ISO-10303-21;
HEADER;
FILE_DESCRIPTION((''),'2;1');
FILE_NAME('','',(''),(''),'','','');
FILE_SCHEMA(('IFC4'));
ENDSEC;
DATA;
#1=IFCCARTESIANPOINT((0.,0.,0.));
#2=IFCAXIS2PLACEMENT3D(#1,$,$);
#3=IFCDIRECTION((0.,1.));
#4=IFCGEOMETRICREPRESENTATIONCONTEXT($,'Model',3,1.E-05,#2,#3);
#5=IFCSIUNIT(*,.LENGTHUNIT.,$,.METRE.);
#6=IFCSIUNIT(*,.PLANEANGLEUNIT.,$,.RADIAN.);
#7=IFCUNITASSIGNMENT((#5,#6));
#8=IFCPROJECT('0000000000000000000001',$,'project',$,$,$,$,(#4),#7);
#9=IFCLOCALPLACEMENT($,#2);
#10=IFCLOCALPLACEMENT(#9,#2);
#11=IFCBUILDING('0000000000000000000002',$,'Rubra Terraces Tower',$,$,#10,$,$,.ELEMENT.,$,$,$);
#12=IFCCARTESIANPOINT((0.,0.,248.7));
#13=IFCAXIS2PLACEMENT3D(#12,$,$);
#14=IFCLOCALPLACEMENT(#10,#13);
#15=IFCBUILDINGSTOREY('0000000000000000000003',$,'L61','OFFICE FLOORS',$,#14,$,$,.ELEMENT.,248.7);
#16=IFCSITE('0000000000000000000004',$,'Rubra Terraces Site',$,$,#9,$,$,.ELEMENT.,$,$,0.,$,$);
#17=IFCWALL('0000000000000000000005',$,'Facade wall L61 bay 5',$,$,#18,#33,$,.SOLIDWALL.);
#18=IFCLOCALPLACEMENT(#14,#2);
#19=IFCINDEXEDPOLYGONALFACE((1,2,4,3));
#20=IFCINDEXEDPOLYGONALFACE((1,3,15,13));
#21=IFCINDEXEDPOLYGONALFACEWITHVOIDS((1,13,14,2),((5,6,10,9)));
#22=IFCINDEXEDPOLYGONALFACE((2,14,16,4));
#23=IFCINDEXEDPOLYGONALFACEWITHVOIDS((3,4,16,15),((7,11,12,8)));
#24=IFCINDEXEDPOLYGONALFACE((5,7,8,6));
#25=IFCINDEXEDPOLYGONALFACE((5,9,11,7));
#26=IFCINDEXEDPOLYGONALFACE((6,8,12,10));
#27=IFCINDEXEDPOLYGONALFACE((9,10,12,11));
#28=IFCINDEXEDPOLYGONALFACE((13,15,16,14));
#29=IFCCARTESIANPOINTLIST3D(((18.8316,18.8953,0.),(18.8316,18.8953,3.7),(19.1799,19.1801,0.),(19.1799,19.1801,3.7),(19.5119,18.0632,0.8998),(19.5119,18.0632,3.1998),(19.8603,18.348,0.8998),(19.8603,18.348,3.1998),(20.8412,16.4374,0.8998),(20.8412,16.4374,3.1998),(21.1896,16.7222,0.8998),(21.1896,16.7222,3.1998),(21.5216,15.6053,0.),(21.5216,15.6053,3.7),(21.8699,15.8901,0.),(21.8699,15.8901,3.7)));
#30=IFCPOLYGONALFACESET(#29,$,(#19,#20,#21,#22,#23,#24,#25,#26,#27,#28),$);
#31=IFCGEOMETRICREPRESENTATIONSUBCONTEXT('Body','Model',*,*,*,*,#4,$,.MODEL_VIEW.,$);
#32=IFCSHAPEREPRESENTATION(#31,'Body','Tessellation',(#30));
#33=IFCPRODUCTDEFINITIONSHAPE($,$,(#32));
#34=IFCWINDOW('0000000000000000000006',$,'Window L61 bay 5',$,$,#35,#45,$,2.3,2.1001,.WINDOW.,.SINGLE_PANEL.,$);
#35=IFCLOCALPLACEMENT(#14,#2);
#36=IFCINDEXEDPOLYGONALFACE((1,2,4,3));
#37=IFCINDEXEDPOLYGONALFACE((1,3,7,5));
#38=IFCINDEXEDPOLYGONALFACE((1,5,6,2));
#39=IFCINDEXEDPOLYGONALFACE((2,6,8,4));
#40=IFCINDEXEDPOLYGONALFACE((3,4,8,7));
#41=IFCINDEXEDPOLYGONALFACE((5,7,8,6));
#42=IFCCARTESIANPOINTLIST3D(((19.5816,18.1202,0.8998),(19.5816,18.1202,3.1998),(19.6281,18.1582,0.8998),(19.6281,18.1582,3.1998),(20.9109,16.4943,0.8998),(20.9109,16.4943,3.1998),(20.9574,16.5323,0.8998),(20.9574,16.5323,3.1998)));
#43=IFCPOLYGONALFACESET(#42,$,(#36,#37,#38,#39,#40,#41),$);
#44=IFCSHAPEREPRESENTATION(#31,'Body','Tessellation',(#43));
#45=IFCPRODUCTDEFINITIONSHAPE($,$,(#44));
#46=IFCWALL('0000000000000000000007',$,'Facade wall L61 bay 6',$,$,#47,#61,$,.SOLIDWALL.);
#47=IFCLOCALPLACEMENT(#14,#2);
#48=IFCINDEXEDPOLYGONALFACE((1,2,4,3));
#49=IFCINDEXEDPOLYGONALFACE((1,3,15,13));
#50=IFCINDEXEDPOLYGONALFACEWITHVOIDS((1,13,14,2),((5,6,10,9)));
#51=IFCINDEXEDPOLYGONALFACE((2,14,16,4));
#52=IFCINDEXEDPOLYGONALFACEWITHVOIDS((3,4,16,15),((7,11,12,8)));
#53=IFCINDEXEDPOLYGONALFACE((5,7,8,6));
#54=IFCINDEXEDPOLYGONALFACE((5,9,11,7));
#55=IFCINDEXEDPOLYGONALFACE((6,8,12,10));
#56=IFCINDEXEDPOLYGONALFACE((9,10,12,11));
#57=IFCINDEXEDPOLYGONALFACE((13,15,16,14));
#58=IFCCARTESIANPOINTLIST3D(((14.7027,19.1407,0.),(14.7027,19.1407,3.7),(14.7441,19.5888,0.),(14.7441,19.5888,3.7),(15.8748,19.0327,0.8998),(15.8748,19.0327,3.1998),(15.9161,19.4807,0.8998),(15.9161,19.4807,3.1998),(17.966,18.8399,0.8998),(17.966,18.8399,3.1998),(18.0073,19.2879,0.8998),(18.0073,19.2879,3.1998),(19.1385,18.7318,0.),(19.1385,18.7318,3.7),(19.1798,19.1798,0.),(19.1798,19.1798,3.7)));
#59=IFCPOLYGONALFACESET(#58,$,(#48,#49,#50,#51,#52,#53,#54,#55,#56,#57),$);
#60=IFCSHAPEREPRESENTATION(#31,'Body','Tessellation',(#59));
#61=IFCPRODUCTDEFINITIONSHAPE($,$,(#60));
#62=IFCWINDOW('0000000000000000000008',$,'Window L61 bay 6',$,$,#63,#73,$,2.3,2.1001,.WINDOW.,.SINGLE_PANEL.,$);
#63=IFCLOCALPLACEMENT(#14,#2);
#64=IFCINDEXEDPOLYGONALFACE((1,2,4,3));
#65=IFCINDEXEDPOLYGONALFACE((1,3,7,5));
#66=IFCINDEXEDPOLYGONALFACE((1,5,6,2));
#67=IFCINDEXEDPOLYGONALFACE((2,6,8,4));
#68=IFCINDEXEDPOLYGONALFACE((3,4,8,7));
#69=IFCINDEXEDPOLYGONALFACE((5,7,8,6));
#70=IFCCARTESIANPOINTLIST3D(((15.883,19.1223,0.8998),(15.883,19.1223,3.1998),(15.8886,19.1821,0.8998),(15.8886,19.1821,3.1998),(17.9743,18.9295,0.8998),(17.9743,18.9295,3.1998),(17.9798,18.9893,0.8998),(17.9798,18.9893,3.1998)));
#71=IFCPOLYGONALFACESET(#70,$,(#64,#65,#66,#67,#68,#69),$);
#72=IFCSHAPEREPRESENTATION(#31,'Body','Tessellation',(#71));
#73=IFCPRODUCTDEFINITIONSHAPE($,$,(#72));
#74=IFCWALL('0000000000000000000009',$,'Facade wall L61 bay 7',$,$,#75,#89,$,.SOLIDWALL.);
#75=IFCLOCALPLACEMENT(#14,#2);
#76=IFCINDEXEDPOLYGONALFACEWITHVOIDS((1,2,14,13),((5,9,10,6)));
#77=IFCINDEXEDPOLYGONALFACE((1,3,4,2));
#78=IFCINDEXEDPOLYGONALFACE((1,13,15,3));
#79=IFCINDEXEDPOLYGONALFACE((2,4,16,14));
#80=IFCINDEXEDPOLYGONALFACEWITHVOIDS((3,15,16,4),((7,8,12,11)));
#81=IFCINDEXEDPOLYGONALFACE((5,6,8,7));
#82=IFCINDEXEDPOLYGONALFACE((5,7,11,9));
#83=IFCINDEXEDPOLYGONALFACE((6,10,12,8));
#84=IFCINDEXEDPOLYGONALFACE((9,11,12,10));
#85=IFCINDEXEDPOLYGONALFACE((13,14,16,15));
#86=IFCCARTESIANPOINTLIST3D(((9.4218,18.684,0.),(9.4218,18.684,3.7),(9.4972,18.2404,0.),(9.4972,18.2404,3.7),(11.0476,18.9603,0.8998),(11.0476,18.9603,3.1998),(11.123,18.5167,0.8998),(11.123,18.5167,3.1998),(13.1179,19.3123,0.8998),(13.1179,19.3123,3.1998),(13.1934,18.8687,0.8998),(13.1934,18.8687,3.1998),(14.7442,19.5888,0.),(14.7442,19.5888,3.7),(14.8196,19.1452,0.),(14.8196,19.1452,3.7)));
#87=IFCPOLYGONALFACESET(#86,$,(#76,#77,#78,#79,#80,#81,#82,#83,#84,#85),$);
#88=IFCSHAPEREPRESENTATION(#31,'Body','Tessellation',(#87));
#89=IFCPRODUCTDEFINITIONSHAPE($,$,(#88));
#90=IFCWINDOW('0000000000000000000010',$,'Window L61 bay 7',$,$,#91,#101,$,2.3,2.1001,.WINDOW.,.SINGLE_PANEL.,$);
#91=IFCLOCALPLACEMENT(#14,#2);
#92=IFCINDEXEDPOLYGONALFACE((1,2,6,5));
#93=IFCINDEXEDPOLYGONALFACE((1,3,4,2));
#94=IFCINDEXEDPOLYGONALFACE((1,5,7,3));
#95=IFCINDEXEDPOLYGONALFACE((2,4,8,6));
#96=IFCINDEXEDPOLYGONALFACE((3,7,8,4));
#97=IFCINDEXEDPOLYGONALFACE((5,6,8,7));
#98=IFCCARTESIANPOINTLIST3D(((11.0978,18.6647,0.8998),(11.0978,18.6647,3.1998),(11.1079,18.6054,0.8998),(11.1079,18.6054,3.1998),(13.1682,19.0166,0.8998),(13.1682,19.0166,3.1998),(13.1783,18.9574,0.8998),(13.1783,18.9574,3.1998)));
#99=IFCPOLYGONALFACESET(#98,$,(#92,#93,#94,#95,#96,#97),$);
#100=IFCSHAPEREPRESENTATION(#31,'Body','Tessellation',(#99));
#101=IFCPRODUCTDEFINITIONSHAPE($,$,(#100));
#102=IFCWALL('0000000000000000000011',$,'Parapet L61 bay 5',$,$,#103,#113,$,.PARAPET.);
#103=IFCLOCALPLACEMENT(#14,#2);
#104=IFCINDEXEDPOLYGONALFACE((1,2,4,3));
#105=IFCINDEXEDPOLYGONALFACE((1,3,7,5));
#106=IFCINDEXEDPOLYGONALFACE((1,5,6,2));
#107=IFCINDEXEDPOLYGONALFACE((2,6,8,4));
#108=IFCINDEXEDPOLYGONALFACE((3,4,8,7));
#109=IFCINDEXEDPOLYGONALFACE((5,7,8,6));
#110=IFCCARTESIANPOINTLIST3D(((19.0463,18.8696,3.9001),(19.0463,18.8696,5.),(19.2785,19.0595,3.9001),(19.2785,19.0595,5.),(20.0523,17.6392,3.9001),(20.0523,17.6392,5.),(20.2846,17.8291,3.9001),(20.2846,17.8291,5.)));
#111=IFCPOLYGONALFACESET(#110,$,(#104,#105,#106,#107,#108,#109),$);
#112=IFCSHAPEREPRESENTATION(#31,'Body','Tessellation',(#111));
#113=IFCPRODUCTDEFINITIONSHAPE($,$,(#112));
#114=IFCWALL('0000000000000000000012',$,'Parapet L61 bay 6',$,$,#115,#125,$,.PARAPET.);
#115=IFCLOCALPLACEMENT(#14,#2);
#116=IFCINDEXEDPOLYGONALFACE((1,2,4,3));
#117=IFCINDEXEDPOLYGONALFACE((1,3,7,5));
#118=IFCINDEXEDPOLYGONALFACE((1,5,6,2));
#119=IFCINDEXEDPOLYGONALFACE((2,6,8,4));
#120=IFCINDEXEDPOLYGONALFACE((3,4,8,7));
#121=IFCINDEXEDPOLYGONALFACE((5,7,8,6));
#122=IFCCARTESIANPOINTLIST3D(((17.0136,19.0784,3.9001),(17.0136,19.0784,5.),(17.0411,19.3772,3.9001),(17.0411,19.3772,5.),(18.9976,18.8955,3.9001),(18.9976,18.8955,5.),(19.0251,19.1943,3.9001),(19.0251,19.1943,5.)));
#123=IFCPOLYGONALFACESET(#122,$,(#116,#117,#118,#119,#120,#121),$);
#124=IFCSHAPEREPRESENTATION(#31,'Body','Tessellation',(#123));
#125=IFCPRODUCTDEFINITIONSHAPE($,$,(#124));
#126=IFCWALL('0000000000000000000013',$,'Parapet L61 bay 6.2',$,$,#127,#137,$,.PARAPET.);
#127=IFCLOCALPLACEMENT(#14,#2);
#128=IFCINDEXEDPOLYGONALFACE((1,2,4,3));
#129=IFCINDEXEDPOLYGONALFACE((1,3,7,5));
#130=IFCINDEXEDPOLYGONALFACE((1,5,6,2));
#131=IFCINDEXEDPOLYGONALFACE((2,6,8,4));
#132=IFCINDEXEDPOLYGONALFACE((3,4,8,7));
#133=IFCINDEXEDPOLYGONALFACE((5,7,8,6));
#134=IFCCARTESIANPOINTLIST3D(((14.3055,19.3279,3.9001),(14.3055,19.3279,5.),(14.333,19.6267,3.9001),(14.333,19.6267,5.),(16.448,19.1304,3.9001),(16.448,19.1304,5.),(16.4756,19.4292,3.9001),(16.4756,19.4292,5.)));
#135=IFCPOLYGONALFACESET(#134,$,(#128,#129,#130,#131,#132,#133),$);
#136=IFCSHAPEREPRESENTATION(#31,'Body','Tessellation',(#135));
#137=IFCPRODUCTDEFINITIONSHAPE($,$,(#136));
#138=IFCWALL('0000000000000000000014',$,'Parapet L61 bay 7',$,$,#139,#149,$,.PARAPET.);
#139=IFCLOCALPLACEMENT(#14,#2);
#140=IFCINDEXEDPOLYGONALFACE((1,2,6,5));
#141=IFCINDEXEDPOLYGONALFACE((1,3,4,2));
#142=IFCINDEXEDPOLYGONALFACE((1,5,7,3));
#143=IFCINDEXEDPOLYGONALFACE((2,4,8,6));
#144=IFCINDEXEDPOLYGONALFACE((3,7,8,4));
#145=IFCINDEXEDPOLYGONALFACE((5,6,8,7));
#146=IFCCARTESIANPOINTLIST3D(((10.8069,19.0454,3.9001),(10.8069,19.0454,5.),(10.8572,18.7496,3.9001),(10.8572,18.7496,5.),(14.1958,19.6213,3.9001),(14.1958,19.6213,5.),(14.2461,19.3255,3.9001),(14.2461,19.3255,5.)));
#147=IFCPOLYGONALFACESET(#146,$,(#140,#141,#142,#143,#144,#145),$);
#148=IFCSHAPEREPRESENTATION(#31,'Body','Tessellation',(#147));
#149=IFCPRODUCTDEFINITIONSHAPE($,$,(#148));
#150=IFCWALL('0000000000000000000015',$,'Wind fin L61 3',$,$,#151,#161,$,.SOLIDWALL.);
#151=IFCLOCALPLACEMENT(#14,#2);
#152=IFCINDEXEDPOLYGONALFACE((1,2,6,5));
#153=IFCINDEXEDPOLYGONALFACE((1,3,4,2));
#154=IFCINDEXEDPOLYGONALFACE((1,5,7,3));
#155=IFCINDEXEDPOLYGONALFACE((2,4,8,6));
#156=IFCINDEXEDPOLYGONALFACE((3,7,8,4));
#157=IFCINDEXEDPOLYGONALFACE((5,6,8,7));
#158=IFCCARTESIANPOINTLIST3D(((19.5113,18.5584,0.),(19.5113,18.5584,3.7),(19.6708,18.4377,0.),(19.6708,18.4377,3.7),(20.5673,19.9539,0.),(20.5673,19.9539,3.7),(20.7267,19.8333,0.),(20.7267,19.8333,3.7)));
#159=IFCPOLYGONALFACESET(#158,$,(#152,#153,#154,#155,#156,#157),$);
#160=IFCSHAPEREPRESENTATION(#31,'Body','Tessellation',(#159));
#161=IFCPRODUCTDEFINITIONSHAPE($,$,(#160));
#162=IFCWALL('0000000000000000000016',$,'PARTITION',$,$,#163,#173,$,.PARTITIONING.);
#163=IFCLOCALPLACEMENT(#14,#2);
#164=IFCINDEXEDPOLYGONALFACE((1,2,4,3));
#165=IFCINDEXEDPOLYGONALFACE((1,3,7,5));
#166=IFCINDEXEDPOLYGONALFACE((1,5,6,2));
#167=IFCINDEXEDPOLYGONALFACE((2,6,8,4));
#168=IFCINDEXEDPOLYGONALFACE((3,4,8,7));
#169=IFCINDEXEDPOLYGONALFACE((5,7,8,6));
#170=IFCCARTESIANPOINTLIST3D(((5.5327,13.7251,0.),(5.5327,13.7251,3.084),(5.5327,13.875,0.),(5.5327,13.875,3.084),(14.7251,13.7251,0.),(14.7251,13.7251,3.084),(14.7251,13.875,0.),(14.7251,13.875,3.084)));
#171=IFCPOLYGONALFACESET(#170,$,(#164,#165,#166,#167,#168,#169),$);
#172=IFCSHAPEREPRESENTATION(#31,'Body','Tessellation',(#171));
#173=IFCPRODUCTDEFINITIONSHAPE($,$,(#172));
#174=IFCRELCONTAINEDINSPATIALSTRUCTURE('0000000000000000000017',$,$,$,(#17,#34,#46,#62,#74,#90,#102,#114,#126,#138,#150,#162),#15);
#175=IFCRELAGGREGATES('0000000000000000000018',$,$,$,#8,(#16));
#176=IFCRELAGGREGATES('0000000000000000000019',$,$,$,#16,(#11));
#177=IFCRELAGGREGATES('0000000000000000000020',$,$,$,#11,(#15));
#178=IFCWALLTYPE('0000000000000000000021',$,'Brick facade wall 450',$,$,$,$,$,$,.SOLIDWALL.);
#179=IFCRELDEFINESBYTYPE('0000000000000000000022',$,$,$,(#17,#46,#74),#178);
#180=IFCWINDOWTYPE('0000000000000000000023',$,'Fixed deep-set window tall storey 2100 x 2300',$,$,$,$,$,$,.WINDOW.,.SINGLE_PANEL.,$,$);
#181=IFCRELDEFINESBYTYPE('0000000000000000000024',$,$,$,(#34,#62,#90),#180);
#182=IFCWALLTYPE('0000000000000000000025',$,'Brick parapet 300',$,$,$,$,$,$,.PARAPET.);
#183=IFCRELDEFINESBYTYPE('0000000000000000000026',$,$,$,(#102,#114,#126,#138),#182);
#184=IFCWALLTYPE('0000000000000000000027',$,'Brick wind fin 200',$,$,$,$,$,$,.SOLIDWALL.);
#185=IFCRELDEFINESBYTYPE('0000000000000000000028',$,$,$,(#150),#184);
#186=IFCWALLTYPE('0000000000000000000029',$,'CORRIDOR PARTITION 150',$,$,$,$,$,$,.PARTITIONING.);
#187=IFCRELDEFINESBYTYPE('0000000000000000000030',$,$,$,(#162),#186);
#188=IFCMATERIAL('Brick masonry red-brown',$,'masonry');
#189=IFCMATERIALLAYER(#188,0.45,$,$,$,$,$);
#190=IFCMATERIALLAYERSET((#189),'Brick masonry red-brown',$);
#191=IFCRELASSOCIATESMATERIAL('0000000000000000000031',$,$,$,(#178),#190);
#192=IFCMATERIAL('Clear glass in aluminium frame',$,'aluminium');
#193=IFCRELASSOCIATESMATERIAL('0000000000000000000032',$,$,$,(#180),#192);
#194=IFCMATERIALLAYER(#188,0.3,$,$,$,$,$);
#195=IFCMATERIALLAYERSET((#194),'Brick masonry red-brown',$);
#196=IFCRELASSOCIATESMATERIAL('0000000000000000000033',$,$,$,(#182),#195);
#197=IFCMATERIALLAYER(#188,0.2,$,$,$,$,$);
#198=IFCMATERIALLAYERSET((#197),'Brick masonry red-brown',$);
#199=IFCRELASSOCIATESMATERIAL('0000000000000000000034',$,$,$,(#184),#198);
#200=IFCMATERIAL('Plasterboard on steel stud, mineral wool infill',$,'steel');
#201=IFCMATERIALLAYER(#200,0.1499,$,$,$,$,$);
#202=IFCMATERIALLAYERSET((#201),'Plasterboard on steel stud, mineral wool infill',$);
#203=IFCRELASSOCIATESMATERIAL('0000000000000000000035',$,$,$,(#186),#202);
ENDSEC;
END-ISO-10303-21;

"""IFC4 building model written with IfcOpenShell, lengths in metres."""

from ifc_helpers import new_model, si_unit, direction, frame, frame_2d, origin, place, context, subcontext, project, spatial, rectangle, extrude, material, layer, layer_set, type_object, element, fill, save


model = new_model("IFC4")

# Units and contexts
model_context = context("Model", 3, precision=1e-05, world=origin(), true_north=direction((0.0, 1.0)))
body_context = subcontext(model_context, "Body", "Model", "MODEL_VIEW")
ifc_project = project(units=[si_unit("LENGTHUNIT", "METRE"), si_unit("PLANEANGLEUNIT", "RADIAN")], contexts=[model_context])

# Site, building, storey
site_placement = place(None, origin())
site = spatial("IfcSite", under=ifc_project, at=site_placement, Name="Rubra Terraces Site", CompositionType="ELEMENT", RefElevation=0.0)
building_placement = place(site_placement, origin())
building = spatial("IfcBuilding", under=site, at=building_placement, Name="Rubra Terraces Tower", CompositionType="ELEMENT")
storey_placement = place(building_placement, frame((0.0, 0.0, 248.7)))
storey = spatial("IfcBuildingStorey", under=building, at=storey_placement, Name="L61", Description="OFFICE FLOORS", CompositionType="ELEMENT", Elevation=248.7)

# Walls, openings, windows
ifc_material_1 = material(Name="Brick masonry red-brown", Category="masonry")
ifc_layer_1 = layer(ifc_material_1, 0.45)
ifc_layer_set_1 = layer_set([ifc_layer_1], Name="Brick masonry red-brown")
wall_type_1 = type_object("IfcWallType", Name="Brick facade wall 450", PredefinedType="SOLIDWALL", material=ifc_layer_set_1)
wall_1_placement = place(storey_placement, frame((21.6958, 15.7476, 0.0), z_axis=(0.0, 0.0, 1.0), x_axis=(-0.632969, 0.774177, 0.0)))
wall_1 = element("IfcWall", 1, at=wall_1_placement, inside=storey, type_object=wall_type_1, Name="Facade wall L61 bay 5", PredefinedType="SOLIDWALL", context=body_context, shape_type="SweptSolid", body=[
    extrude(rectangle(XDim=4.2498, YDim=0.45, at=frame_2d((2.125, 0.0))), origin(), (0.0, 0.0, 1.0), 3.7),
])
opening_1_placement = place(wall_1_placement, frame((1.075, 0.0, 0.8999)))
opening_1 = element("IfcOpeningElement", 2, at=opening_1_placement, cuts=wall_1, PredefinedType="OPENING", context=body_context, shape_type="SweptSolid", body=[
    extrude(rectangle(XDim=2.1001, YDim=2.3, at=frame_2d((1.05, 1.1499))), frame((0.0, 0.2349, 0.0), z_axis=(0.0, -1.0, 0.0), x_axis=(1.0, 0.0, 0.0)), (0.0, 0.0, 1.0), 0.47),
])
ifc_material_2 = material(Name="Clear glass in aluminium frame", Category="aluminium")
window_type = type_object("IfcWindowType", Name="Fixed deep-set window tall storey 2100 x 2300", PartitioningType="SINGLE_PANEL", PredefinedType="WINDOW", material=ifc_material_2)
window_1_placement = place(opening_1_placement, origin())
window_1 = element("IfcWindow", 3, at=window_1_placement, inside=storey, type_object=window_type, Name="Window L61 bay 5", OverallHeight=2.3, OverallWidth=2.1001, PartitioningType="SINGLE_PANEL", PredefinedType="WINDOW", context=body_context, shape_type="SweptSolid", body=[
    extrude(rectangle(XDim=2.1001, YDim=2.3, at=frame_2d((1.05, 1.1499))), frame((0.0, 0.135, 0.0), z_axis=(0.0, -1.0, 0.0), x_axis=(1.0, 0.0, 0.0)), (0.0, 0.0, 1.0), 0.0601),
])
fill(opening_1, window_1)
wall_2_placement = place(storey_placement, frame((19.1592, 18.9558, 0.0), z_axis=(0.0, 0.0, 1.0), x_axis=(-0.995777, 0.091801, 0.0)))
wall_2 = element("IfcWall", 4, at=wall_2_placement, inside=storey, type_object=wall_type_1, Name="Facade wall L61 bay 6", PredefinedType="SOLIDWALL", context=body_context, shape_type="SweptSolid", body=[
    extrude(rectangle(XDim=4.4546, YDim=0.45, at=frame_2d((2.2273, 0.0))), origin(), (0.0, 0.0, 1.0), 3.7),
])
opening_2_placement = place(wall_2_placement, frame((1.1775, 0.0, 0.8999)))
opening_2 = element("IfcOpeningElement", 5, at=opening_2_placement, cuts=wall_2, PredefinedType="OPENING", context=body_context, shape_type="SweptSolid", body=[
    extrude(rectangle(XDim=2.1001, YDim=2.3, at=frame_2d((1.05, 1.1499))), frame((0.0, 0.2349, 0.0), z_axis=(0.0, -1.0, 0.0), x_axis=(1.0, 0.0, 0.0)), (0.0, 0.0, 1.0), 0.47),
])
window_2_placement = place(opening_2_placement, origin())
window_2 = element("IfcWindow", 6, at=window_2_placement, inside=storey, type_object=window_type, Name="Window L61 bay 6", OverallHeight=2.3, OverallWidth=2.1001, PartitioningType="SINGLE_PANEL", PredefinedType="WINDOW", context=body_context, shape_type="SweptSolid", body=[
    extrude(rectangle(XDim=2.1001, YDim=2.3, at=frame_2d((1.05, 1.1499))), frame((0.0, 0.135, 0.0), z_axis=(0.0, -1.0, 0.0), x_axis=(1.0, 0.0, 0.0)), (0.0, 0.0, 1.0), 0.0601),
])
fill(opening_2, window_2)
wall_3_placement = place(storey_placement, frame((14.7817, 19.3669, 0.0), z_axis=(0.0, 0.0, 1.0), x_axis=(-0.985856, -0.167595, 0.0)))
wall_3 = element("IfcWall", 7, at=wall_3_placement, inside=storey, type_object=wall_type_1, Name="Facade wall L61 bay 7", PredefinedType="SOLIDWALL", context=body_context, shape_type="SweptSolid", body=[
    extrude(rectangle(XDim=5.3987, YDim=0.45, at=frame_2d((2.6992, 0.0))), origin(), (0.0, 0.0, 1.0), 3.7),
])
opening_3_placement = place(wall_3_placement, frame((1.6494, 0.0, 0.8999)))
opening_3 = element("IfcOpeningElement", 8, at=opening_3_placement, cuts=wall_3, PredefinedType="OPENING", context=body_context, shape_type="SweptSolid", body=[
    extrude(rectangle(XDim=2.1001, YDim=2.3, at=frame_2d((1.05, 1.1499))), frame((0.0, 0.2349, 0.0), z_axis=(0.0, -1.0, 0.0), x_axis=(1.0, 0.0, 0.0)), (0.0, 0.0, 1.0), 0.47),
])
window_3_placement = place(opening_3_placement, origin())
window_3 = element("IfcWindow", 9, at=window_3_placement, inside=storey, type_object=window_type, Name="Window L61 bay 7", OverallHeight=2.3, OverallWidth=2.1001, PartitioningType="SINGLE_PANEL", PredefinedType="WINDOW", context=body_context, shape_type="SweptSolid", body=[
    extrude(rectangle(XDim=2.1001, YDim=2.3, at=frame_2d((1.05, 1.1499))), frame((0.0, 0.135, 0.0), z_axis=(0.0, -1.0, 0.0), x_axis=(1.0, 0.0, 0.0)), (0.0, 0.0, 1.0), 0.0601),
])
fill(opening_3, window_3)

# Walls
ifc_layer_2 = layer(ifc_material_1, 0.3)
ifc_layer_set_2 = layer_set([ifc_layer_2], Name="Brick masonry red-brown")
wall_type_2 = type_object("IfcWallType", Name="Brick parapet 300", PredefinedType="PARAPET", material=ifc_layer_set_2)
wall_4_placement = place(storey_placement, frame((20.1685, 17.7341, 3.9001), z_axis=(0.0, 0.0, 1.0), x_axis=(-0.632995, 0.774156, 0.0)))
element("IfcWall", 10, at=wall_4_placement, inside=storey, type_object=wall_type_2, Name="Parapet L61 bay 5", PredefinedType="PARAPET", context=body_context, shape_type="SweptSolid", body=[
    extrude(rectangle(XDim=1.5894, YDim=0.3, at=frame_2d((0.7947, 0.0))), origin(), (0.0, 0.0, 1.0), 1.0999),
])
wall_5_placement = place(storey_placement, frame((19.0112, 19.0449, 3.9001), z_axis=(0.0, 0.0, 1.0), x_axis=(-0.99578, 0.091773, 0.0)))
element("IfcWall", 11, at=wall_5_placement, inside=storey, type_object=wall_type_2, Name="Parapet L61 bay 6", PredefinedType="PARAPET", context=body_context, shape_type="SweptSolid", body=[
    extrude(rectangle(XDim=1.9924, YDim=0.3, at=frame_2d((0.9961, 0.0))), origin(), (0.0, 0.0, 1.0), 1.0999),
])
wall_6_placement = place(storey_placement, frame((16.4617, 19.2798, 3.9001), z_axis=(0.0, 0.0, 1.0), x_axis=(-0.995778, 0.091794, 0.0)))
element("IfcWall", 12, at=wall_6_placement, inside=storey, type_object=wall_type_2, Name="Parapet L61 bay 6.2", PredefinedType="PARAPET", context=body_context, shape_type="SweptSolid", body=[
    extrude(rectangle(XDim=2.1516, YDim=0.3, at=frame_2d((1.0757, 0.0))), origin(), (0.0, 0.0, 1.0), 1.0999),
])
wall_7_placement = place(storey_placement, frame((14.2209, 19.4734, 3.9001), z_axis=(0.0, 0.0, 1.0), x_axis=(-0.985865, -0.167542, 0.0)))
element("IfcWall", 13, at=wall_7_placement, inside=storey, type_object=wall_type_2, Name="Parapet L61 bay 7", PredefinedType="PARAPET", context=body_context, shape_type="SweptSolid", body=[
    extrude(rectangle(XDim=3.4375, YDim=0.3, at=frame_2d((1.7188, 0.0))), origin(), (0.0, 0.0, 1.0), 1.0999),
])
ifc_layer_3 = layer(ifc_material_1, 0.2)
ifc_layer_set_3 = layer_set([ifc_layer_3], Name="Brick masonry red-brown")
wall_type_3 = type_object("IfcWallType", Name="Brick wind fin 200", PredefinedType="SOLIDWALL", material=ifc_layer_set_3)
wall_8_placement = place(storey_placement, frame((19.5911, 18.498, 0.0), z_axis=(0.0, 0.0, 1.0), x_axis=(0.603388, 0.797448, 0.0)))
element("IfcWall", 14, at=wall_8_placement, inside=storey, type_object=wall_type_3, Name="Wind fin L61 3", PredefinedType="SOLIDWALL", context=body_context, shape_type="SweptSolid", body=[
    extrude(rectangle(XDim=1.75, YDim=0.2, at=frame_2d((0.875, 0.0))), origin(), (0.0, 0.0, 1.0), 3.7),
])
ifc_material_3 = material(Name="Plasterboard on steel stud, mineral wool infill", Category="steel")
ifc_layer_4 = layer(ifc_material_3, 0.1499)
ifc_layer_set_4 = layer_set([ifc_layer_4], Name="Plasterboard on steel stud, mineral wool infill")
wall_type_4 = type_object("IfcWallType", Name="CORRIDOR PARTITION 150", PredefinedType="PARTITIONING", material=ifc_layer_set_4)
wall_9_placement = place(storey_placement, frame((14.7251, 13.8, 0.0), z_axis=(0.0, 0.0, 1.0), x_axis=(-1.0, 0.0, 0.0)))
element("IfcWall", 15, at=wall_9_placement, inside=storey, type_object=wall_type_4, Name="PARTITION", PredefinedType="PARTITIONING", context=body_context, shape_type="SweptSolid", body=[
    extrude(rectangle(XDim=9.1924, YDim=0.1499, at=frame_2d((4.5962, 0.0))), origin(), (0.0, 0.0, 1.0), 3.084),
])

save(model, "model.ifc")
